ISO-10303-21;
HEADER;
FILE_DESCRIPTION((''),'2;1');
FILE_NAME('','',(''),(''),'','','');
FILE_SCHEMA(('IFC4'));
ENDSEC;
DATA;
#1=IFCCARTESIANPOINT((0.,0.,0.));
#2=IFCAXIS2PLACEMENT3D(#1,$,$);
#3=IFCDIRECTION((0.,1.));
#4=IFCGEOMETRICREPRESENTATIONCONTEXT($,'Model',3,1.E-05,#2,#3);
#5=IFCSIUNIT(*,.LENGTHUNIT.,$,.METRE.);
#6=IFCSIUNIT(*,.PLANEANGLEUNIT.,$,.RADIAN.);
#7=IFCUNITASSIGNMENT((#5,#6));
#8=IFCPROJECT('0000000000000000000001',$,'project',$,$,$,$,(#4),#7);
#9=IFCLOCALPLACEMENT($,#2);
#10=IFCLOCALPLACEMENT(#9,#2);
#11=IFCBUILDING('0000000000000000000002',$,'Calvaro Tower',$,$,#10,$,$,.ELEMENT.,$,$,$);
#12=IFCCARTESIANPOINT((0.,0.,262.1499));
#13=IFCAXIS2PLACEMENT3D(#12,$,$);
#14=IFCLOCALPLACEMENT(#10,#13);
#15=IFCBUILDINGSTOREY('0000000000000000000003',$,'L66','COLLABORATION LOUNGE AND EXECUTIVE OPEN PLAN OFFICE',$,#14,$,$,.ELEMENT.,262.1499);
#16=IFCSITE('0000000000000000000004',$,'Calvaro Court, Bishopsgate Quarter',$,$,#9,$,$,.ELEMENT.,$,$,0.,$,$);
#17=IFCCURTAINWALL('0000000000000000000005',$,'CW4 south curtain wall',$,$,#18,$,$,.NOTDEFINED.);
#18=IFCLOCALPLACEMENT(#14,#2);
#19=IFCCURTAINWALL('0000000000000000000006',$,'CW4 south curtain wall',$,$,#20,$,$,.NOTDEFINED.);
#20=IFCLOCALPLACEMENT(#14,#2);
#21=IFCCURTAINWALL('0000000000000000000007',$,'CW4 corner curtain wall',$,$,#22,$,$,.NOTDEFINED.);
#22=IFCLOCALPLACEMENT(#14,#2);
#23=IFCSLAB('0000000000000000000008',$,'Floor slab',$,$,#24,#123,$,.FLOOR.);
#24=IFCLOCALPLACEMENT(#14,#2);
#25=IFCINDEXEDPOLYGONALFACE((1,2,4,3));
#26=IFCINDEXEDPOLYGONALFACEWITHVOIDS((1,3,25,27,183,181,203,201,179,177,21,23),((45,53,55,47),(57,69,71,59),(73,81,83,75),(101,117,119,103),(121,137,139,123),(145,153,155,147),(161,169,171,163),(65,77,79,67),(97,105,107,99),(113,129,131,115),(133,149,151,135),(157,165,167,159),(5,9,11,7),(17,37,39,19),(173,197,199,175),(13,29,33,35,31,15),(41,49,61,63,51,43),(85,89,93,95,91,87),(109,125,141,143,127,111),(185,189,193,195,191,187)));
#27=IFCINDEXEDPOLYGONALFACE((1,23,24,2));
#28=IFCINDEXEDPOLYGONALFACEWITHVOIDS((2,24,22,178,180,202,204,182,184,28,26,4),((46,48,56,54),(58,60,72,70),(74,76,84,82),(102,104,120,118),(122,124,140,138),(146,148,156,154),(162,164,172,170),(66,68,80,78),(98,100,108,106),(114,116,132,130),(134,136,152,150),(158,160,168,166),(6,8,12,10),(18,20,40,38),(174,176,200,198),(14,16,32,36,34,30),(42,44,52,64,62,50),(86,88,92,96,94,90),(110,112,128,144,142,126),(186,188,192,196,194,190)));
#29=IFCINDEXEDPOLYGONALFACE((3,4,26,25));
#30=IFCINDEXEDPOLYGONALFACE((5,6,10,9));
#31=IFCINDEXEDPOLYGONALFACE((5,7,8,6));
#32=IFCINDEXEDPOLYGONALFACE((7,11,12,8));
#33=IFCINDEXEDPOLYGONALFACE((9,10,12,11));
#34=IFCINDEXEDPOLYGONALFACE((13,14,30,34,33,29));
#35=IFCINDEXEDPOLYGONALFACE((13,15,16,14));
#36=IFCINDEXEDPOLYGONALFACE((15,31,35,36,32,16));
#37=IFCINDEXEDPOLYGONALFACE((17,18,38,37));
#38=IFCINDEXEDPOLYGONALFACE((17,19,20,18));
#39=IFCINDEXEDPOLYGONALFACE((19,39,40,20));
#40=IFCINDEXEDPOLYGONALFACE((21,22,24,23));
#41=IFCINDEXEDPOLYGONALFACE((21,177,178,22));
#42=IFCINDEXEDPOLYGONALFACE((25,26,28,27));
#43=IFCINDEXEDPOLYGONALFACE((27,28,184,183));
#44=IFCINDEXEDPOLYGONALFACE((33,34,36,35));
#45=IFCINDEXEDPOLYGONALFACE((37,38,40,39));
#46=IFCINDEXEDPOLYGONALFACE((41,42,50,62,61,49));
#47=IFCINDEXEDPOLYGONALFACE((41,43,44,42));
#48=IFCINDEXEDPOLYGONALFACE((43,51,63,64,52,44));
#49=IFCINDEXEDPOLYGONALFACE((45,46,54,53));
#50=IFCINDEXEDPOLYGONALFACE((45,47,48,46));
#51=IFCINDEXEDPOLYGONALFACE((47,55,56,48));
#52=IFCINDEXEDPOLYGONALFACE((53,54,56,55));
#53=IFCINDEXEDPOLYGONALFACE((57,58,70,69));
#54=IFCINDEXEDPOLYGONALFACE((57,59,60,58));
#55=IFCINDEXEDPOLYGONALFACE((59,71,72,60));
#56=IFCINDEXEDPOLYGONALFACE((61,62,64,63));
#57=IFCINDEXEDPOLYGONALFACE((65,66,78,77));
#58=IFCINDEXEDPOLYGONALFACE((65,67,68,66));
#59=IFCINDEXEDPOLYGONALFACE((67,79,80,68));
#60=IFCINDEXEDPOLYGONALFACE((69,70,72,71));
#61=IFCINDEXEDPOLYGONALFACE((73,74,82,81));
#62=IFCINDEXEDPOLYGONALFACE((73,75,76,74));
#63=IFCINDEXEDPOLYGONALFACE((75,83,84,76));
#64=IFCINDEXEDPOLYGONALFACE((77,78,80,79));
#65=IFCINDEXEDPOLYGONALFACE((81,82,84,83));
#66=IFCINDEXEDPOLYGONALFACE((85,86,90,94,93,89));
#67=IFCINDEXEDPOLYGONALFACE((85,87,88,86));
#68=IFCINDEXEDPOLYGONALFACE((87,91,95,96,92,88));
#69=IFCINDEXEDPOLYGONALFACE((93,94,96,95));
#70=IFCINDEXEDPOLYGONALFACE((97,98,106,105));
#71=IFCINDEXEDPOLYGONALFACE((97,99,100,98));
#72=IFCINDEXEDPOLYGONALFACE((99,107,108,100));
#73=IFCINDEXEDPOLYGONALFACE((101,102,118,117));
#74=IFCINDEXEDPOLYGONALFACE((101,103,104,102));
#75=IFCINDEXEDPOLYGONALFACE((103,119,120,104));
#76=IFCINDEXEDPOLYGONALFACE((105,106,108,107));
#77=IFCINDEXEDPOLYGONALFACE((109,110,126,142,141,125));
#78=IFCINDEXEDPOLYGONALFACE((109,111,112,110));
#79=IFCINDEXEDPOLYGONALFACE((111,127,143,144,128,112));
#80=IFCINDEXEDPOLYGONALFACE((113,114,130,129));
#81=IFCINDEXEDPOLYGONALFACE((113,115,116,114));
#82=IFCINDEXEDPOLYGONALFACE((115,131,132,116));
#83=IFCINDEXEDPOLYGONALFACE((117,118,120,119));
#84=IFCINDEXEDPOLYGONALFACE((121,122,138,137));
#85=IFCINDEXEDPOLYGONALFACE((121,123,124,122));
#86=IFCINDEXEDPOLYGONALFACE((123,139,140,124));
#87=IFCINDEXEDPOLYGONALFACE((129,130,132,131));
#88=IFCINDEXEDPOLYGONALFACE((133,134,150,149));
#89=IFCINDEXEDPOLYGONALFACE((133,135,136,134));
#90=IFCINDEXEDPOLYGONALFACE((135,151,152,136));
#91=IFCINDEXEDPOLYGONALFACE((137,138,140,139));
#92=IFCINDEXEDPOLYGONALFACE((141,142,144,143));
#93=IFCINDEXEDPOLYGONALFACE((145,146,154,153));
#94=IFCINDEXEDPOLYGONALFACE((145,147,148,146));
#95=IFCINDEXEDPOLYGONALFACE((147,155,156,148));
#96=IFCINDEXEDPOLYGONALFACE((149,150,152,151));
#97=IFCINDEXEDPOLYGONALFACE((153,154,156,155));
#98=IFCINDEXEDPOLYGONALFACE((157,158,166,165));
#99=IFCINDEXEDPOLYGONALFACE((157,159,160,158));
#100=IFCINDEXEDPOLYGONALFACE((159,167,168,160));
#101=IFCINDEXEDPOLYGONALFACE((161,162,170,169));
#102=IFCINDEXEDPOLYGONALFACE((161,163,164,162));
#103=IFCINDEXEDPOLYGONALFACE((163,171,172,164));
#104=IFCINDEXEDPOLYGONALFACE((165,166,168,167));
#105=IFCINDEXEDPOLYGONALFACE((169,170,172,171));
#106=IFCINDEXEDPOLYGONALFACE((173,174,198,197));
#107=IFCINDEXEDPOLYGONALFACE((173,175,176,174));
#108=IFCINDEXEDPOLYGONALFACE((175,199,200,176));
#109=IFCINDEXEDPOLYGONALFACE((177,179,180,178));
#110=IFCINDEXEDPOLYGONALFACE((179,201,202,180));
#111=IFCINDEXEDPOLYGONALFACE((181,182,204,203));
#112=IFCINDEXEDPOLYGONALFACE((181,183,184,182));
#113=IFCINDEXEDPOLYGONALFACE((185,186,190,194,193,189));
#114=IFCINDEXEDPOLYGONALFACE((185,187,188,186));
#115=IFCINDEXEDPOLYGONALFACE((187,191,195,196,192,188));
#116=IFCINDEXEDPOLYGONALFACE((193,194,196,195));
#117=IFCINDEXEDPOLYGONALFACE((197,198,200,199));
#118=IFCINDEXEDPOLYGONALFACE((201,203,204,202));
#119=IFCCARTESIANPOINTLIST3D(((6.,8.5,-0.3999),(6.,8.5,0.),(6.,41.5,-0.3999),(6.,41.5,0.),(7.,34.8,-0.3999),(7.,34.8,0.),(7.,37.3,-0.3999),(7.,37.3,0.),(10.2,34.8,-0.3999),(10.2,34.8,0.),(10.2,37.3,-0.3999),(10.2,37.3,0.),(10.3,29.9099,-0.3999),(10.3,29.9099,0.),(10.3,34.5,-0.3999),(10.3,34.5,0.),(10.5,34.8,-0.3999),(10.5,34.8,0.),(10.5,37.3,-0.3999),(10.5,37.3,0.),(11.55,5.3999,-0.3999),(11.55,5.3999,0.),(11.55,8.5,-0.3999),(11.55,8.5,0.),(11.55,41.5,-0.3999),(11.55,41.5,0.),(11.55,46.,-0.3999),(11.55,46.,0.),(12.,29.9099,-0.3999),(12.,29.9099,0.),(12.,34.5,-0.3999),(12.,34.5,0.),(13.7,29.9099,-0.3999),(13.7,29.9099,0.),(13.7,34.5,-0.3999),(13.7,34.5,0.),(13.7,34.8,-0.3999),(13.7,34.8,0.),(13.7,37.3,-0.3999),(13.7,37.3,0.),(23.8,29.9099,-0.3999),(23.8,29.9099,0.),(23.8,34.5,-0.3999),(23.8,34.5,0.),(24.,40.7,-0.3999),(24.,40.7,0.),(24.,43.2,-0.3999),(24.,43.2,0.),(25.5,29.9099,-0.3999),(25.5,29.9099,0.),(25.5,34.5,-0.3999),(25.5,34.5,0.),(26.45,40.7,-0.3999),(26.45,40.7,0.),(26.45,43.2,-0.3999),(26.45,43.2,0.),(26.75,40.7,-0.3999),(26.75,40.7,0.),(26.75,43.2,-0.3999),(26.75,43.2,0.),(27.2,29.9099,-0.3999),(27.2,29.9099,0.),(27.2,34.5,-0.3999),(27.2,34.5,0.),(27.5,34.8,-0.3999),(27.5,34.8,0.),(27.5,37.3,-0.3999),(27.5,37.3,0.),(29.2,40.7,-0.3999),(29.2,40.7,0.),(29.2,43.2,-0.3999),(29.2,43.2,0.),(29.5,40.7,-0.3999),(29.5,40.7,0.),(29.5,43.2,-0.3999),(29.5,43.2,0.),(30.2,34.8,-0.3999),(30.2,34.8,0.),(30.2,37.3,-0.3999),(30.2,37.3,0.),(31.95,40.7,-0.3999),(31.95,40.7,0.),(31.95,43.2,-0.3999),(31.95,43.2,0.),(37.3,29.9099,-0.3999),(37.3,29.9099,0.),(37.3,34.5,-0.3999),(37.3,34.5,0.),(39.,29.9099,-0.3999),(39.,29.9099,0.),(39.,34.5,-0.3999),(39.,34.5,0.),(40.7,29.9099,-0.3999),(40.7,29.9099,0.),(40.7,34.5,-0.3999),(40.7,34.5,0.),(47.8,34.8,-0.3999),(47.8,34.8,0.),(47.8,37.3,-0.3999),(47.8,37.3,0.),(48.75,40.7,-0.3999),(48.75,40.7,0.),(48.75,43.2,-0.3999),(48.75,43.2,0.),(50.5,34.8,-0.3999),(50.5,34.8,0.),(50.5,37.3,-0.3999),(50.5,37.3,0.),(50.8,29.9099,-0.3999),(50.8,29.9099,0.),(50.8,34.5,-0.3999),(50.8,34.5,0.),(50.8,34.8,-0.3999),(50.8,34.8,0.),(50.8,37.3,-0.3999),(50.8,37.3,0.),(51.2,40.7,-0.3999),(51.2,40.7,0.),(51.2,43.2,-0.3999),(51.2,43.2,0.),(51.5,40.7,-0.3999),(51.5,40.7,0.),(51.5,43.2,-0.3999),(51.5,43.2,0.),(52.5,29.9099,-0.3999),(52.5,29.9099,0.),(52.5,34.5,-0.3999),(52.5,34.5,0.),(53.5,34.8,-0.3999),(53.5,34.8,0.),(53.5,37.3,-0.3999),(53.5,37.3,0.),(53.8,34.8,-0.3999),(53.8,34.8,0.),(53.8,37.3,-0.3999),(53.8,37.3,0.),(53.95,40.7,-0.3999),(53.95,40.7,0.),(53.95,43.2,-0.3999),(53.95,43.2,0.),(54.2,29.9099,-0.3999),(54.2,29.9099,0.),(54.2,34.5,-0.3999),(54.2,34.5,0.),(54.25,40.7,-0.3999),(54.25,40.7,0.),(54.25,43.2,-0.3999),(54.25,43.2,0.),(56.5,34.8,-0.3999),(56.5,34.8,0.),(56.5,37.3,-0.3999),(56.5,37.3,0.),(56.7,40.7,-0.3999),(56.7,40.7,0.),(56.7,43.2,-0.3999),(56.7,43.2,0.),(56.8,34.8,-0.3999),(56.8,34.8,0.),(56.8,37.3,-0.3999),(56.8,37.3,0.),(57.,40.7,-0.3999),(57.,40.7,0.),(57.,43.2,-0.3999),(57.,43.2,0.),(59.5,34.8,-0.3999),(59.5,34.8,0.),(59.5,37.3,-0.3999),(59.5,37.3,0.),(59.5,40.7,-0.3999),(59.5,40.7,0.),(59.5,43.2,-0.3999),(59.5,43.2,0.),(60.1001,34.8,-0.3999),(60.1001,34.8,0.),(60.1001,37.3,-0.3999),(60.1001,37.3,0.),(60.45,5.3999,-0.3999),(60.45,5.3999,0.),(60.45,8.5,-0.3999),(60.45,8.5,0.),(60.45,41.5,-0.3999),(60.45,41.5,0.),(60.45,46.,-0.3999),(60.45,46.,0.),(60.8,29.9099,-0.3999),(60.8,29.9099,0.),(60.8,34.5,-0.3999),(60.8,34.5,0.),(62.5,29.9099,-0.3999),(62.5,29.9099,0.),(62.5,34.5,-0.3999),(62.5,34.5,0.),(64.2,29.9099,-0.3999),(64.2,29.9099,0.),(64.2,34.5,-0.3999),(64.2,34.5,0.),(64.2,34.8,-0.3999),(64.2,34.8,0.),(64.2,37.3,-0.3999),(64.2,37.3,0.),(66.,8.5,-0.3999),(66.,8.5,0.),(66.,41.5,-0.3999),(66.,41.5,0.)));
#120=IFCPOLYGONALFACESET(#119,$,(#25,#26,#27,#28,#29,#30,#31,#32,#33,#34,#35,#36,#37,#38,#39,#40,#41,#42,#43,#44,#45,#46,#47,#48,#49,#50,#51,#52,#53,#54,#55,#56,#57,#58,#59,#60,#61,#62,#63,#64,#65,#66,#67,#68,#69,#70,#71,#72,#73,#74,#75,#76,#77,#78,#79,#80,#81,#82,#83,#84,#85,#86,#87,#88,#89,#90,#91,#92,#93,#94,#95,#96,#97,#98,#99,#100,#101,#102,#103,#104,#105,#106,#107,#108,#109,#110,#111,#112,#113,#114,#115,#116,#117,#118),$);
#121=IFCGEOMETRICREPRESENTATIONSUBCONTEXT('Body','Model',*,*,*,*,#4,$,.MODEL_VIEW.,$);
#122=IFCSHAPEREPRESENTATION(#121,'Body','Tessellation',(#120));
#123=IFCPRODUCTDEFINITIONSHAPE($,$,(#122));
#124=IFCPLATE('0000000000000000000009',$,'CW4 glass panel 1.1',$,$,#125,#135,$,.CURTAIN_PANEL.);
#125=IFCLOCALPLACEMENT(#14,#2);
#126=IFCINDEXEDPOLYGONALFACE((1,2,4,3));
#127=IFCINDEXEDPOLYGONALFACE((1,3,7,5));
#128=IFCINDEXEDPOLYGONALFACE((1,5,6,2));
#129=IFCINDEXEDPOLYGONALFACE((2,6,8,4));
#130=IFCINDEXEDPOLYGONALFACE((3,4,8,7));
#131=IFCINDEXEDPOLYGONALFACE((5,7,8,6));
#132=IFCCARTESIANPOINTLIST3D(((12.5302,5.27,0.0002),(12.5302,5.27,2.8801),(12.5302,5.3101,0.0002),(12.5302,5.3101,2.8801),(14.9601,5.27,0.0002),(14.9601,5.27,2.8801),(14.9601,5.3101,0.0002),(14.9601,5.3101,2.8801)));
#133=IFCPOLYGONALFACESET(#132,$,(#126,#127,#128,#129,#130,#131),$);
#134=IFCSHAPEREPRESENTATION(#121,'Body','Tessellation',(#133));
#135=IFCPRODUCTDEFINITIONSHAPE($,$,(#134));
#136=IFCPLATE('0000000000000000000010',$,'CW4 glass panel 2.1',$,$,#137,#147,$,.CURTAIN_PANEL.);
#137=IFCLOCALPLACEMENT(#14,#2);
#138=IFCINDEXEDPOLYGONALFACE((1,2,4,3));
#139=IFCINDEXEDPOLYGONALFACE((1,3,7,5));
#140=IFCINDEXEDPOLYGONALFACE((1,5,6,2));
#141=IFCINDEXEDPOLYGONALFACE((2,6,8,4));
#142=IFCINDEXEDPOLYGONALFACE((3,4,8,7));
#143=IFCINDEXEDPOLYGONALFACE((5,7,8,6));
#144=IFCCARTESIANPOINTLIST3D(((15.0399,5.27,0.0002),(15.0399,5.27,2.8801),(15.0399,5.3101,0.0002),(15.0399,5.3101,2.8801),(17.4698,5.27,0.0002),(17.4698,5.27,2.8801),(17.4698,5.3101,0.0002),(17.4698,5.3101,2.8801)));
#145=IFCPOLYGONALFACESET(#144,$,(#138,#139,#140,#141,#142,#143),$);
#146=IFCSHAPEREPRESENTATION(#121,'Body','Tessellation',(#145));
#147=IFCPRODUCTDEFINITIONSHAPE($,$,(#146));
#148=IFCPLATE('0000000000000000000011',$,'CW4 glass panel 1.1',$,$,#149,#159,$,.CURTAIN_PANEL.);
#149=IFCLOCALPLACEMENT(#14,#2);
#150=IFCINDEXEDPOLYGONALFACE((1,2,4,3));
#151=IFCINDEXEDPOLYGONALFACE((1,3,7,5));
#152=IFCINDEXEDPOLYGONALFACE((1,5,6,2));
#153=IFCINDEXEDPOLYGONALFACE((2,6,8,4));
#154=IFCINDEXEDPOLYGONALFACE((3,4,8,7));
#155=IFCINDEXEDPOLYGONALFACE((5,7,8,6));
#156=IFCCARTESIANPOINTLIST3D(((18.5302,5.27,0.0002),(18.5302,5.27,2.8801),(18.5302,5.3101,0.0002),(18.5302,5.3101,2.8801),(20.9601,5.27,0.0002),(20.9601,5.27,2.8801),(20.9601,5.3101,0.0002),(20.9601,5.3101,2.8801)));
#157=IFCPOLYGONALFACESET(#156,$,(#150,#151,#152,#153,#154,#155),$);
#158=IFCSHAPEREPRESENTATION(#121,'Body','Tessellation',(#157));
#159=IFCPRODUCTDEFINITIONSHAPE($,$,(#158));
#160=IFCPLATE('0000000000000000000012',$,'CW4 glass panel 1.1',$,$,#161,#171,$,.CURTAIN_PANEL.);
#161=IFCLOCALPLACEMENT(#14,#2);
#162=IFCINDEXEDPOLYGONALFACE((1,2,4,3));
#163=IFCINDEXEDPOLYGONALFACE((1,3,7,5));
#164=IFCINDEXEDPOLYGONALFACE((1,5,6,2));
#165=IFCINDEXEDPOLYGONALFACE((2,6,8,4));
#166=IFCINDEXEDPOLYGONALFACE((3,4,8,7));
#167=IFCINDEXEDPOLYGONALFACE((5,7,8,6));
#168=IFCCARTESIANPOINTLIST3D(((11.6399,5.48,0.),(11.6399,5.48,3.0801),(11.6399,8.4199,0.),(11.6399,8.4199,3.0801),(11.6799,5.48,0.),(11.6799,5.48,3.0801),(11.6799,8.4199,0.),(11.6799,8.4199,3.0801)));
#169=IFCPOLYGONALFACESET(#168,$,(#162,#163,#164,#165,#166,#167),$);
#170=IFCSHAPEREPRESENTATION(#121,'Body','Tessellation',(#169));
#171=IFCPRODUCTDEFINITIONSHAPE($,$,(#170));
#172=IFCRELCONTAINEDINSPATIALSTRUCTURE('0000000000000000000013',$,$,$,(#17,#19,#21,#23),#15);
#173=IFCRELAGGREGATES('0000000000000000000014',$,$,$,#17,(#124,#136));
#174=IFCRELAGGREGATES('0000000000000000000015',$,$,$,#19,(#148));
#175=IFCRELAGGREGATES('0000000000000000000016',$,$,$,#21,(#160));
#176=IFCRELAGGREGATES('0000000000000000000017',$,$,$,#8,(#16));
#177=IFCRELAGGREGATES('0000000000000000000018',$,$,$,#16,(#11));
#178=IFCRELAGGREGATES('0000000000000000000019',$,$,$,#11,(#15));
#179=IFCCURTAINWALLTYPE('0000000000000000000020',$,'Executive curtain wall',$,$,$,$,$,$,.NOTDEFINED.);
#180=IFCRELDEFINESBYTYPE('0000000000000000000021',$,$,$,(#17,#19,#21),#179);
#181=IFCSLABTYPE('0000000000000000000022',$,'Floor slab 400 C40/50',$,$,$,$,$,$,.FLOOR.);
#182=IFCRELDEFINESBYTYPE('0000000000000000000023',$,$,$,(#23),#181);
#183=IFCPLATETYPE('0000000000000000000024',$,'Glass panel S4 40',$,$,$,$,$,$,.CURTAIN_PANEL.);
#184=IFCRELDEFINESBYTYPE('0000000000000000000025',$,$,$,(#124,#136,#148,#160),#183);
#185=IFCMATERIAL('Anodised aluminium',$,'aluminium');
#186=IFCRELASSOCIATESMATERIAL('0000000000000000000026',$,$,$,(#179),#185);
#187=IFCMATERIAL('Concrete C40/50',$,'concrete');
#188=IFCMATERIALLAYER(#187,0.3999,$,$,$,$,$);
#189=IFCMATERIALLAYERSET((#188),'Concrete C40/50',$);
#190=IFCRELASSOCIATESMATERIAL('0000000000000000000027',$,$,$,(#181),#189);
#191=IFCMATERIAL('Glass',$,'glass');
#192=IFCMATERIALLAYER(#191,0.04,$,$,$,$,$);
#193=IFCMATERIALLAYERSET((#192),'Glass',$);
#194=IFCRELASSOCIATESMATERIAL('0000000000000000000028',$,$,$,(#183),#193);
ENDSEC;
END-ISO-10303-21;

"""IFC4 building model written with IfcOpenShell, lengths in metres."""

from ifc_helpers import new_model, si_unit, direction, frame, origin, origin_2d, place, context, subcontext, project, spatial, polyline, rectangle, outline, extrude, material, layer, layer_set, type_object, element, aggregate, save


model = new_model("IFC4")

# Units and contexts
model_context = context("Model", 3, precision=1e-05, world=origin(), true_north=direction((0.0, 1.0)))
body_context = subcontext(model_context, "Body", "Model", "MODEL_VIEW")
ifc_project = project(units=[si_unit("LENGTHUNIT", "METRE"), si_unit("PLANEANGLEUNIT", "RADIAN")], contexts=[model_context])

# Site, building, storey
site_placement = place(None, origin())
site = spatial("IfcSite", under=ifc_project, at=site_placement, Name="Calvaro Court, Bishopsgate Quarter", CompositionType="ELEMENT", RefElevation=0.0)
building_placement = place(site_placement, origin())
building = spatial("IfcBuilding", under=site, at=building_placement, Name="Calvaro Tower", CompositionType="ELEMENT")
storey_placement = place(building_placement, frame((0.0, 0.0, 262.1499)))
storey = spatial("IfcBuildingStorey", under=building, at=storey_placement, Name="L66", Description="COLLABORATION LOUNGE AND EXECUTIVE OPEN PLAN OFFICE", CompositionType="ELEMENT", Elevation=262.1499)

# Curtain wall
ifc_material_1 = material(Name="Anodised aluminium", Category="aluminium")
curtain_wall_type = type_object("IfcCurtainWallType", Name="Executive curtain wall", PredefinedType="NOTDEFINED", material=ifc_material_1)
curtain_wall_1_placement = place(storey_placement, origin())
curtain_wall_1 = element("IfcCurtainWall", 1, at=curtain_wall_1_placement, inside=storey, type_object=curtain_wall_type, Name="CW4 south curtain wall", PredefinedType="NOTDEFINED")

# Curtain walls
curtain_wall_2_placement = place(storey_placement, origin())
curtain_wall_2 = element("IfcCurtainWall", 2, at=curtain_wall_2_placement, inside=storey, type_object=curtain_wall_type, Name="CW4 south curtain wall", PredefinedType="NOTDEFINED")
curtain_wall_3_placement = place(storey_placement, origin())
curtain_wall_3 = element("IfcCurtainWall", 3, at=curtain_wall_3_placement, inside=storey, type_object=curtain_wall_type, Name="CW4 corner curtain wall", PredefinedType="NOTDEFINED")

# Slab
ifc_material_2 = material(Name="Concrete C40/50", Category="concrete")
ifc_layer_1 = layer(ifc_material_2, 0.3999)
ifc_layer_set_1 = layer_set([ifc_layer_1], Name="Concrete C40/50")
slab_type_1 = type_object("IfcSlabType", Name="Floor slab 400 C40/50", PredefinedType="FLOOR", material=ifc_layer_set_1)
slab_1_placement = place(storey_placement, frame((0.0, 0.0, -0.3999)))
element("IfcSlab", 4, at=slab_1_placement, inside=storey, type_object=slab_type_1, Name="Floor slab", PredefinedType="FLOOR", context=body_context, shape_type="SweptSolid", body=[
    extrude(outline(polyline([(60.45, 8.5), (60.45, 5.3999), (11.55, 5.3999), (11.55, 8.5), (6.0, 8.5), (6.0, 41.5), (11.55, 41.5), (11.55, 46.0), (60.45, 46.0), (60.45, 41.5), (66.0, 41.5), (66.0, 8.5), (60.45, 8.5)]), holes=[polyline([(10.3, 29.9099), (10.3, 34.5), (12.0, 34.5), (13.7, 34.5), (13.7, 29.9099), (12.0, 29.9099), (10.3, 29.9099)]), polyline([(23.8, 29.9099), (23.8, 34.5), (25.5, 34.5), (27.2, 34.5), (27.2, 29.9099), (25.5, 29.9099), (23.8, 29.9099)]), polyline([(37.3, 29.9099), (37.3, 34.5), (39.0, 34.5), (40.7, 34.5), (40.7, 29.9099), (39.0, 29.9099), (37.3, 29.9099)]), polyline([(50.8, 29.9099), (50.8, 34.5), (52.5, 34.5), (54.2, 34.5), (54.2, 29.9099), (52.5, 29.9099), (50.8, 29.9099)]), polyline([(60.8, 29.9099), (60.8, 34.5), (62.5, 34.5), (64.2, 34.5), (64.2, 29.9099), (62.5, 29.9099), (60.8, 29.9099)]), polyline([(50.8, 34.8), (53.5, 34.8), (53.5, 37.3), (50.8, 37.3), (50.8, 34.8)]), polyline([(53.8, 34.8), (56.5, 34.8), (56.5, 37.3), (53.8, 37.3), (53.8, 34.8)]), polyline([(56.8, 34.8), (59.5, 34.8), (59.5, 37.3), (56.8, 37.3), (56.8, 34.8)]), polyline([(24.0, 40.7), (26.45, 40.7), (26.45, 43.2), (24.0, 43.2), (24.0, 40.7)]), polyline([(26.75, 40.7), (29.2, 40.7), (29.2, 43.2), (26.75, 43.2), (26.75, 40.7)]), polyline([(29.5, 40.7), (31.95, 40.7), (31.95, 43.2), (29.5, 43.2), (29.5, 40.7)]), polyline([(48.75, 40.7), (51.2, 40.7), (51.2, 43.2), (48.75, 43.2), (48.75, 40.7)]), polyline([(51.5, 40.7), (53.95, 40.7), (53.95, 43.2), (51.5, 43.2), (51.5, 40.7)]), polyline([(54.25, 40.7), (56.7, 40.7), (56.7, 43.2), (54.25, 43.2), (54.25, 40.7)]), polyline([(57.0, 40.7), (59.5, 40.7), (59.5, 43.2), (57.0, 43.2), (57.0, 40.7)]), polyline([(7.0, 34.8), (10.2, 34.8), (10.2, 37.3), (7.0, 37.3), (7.0, 34.8)]), polyline([(10.5, 34.8), (13.7, 34.8), (13.7, 37.3), (10.5, 37.3), (10.5, 34.8)]), polyline([(60.1001, 34.8), (64.2, 34.8), (64.2, 37.3), (60.1001, 37.3), (60.1001, 34.8)]), polyline([(27.5, 34.8), (30.2, 34.8), (30.2, 37.3), (27.5, 37.3), (27.5, 34.8)]), polyline([(47.8, 34.8), (50.5, 34.8), (50.5, 37.3), (47.8, 37.3), (47.8, 34.8)])]), origin(), (0.0, 0.0, 1.0), 0.3999),
])

# Plates
ifc_material_3 = material(Name="Glass", Category="glass")
ifc_layer_2 = layer(ifc_material_3, 0.04)
ifc_layer_set_2 = layer_set([ifc_layer_2], Name="Glass")
plate_type = type_object("IfcPlateType", Name="Glass panel S4 40", PredefinedType="CURTAIN_PANEL", material=ifc_layer_set_2)
plate_1_placement = place(storey_placement, frame((13.7451, 5.29, 0.0002), z_axis=(0.0, 0.0, 1.0), x_axis=(1.0, 0.0, 0.0)))
plate_1 = element("IfcPlate", 5, at=plate_1_placement, type_object=plate_type, Name="CW4 glass panel 1.1", PredefinedType="CURTAIN_PANEL", context=body_context, shape_type="SweptSolid", body=[
    extrude(rectangle(XDim=2.4299, YDim=0.04, at=origin_2d()), origin(), (0.0, 0.0, 1.0), 2.8799),
])
plate_2_placement = place(storey_placement, frame((16.2549, 5.29, 0.0002), z_axis=(0.0, 0.0, 1.0), x_axis=(1.0, 0.0, 0.0)))
plate_2 = element("IfcPlate", 6, at=plate_2_placement, type_object=plate_type, Name="CW4 glass panel 2.1", PredefinedType="CURTAIN_PANEL", context=body_context, shape_type="SweptSolid", body=[
    extrude(rectangle(XDim=2.4299, YDim=0.04, at=origin_2d()), origin(), (0.0, 0.0, 1.0), 2.8799),
])
aggregate(curtain_wall_1, [plate_1, plate_2])
plate_3_placement = place(storey_placement, frame((19.7451, 5.29, 0.0002), z_axis=(0.0, 0.0, 1.0), x_axis=(1.0, 0.0, 0.0)))
plate_3 = element("IfcPlate", 7, at=plate_3_placement, type_object=plate_type, Name="CW4 glass panel 1.1", PredefinedType="CURTAIN_PANEL", context=body_context, shape_type="SweptSolid", body=[
    extrude(rectangle(XDim=2.4299, YDim=0.04, at=origin_2d()), origin(), (0.0, 0.0, 1.0), 2.8799),
])
aggregate(curtain_wall_2, [plate_3])
plate_4_placement = place(storey_placement, frame((11.6599, 6.95, 0.0), z_axis=(0.0, 0.0, 1.0), x_axis=(0.0, 1.0, 0.0)))
plate_4 = element("IfcPlate", 8, at=plate_4_placement, type_object=plate_type, Name="CW4 glass panel 1.1", PredefinedType="CURTAIN_PANEL", context=body_context, shape_type="SweptSolid", body=[
    extrude(rectangle(XDim=2.9399, YDim=0.04, at=origin_2d()), origin(), (0.0, 0.0, 1.0), 3.0801),
])
aggregate(curtain_wall_3, [plate_4])

save(model, "model.ifc")
